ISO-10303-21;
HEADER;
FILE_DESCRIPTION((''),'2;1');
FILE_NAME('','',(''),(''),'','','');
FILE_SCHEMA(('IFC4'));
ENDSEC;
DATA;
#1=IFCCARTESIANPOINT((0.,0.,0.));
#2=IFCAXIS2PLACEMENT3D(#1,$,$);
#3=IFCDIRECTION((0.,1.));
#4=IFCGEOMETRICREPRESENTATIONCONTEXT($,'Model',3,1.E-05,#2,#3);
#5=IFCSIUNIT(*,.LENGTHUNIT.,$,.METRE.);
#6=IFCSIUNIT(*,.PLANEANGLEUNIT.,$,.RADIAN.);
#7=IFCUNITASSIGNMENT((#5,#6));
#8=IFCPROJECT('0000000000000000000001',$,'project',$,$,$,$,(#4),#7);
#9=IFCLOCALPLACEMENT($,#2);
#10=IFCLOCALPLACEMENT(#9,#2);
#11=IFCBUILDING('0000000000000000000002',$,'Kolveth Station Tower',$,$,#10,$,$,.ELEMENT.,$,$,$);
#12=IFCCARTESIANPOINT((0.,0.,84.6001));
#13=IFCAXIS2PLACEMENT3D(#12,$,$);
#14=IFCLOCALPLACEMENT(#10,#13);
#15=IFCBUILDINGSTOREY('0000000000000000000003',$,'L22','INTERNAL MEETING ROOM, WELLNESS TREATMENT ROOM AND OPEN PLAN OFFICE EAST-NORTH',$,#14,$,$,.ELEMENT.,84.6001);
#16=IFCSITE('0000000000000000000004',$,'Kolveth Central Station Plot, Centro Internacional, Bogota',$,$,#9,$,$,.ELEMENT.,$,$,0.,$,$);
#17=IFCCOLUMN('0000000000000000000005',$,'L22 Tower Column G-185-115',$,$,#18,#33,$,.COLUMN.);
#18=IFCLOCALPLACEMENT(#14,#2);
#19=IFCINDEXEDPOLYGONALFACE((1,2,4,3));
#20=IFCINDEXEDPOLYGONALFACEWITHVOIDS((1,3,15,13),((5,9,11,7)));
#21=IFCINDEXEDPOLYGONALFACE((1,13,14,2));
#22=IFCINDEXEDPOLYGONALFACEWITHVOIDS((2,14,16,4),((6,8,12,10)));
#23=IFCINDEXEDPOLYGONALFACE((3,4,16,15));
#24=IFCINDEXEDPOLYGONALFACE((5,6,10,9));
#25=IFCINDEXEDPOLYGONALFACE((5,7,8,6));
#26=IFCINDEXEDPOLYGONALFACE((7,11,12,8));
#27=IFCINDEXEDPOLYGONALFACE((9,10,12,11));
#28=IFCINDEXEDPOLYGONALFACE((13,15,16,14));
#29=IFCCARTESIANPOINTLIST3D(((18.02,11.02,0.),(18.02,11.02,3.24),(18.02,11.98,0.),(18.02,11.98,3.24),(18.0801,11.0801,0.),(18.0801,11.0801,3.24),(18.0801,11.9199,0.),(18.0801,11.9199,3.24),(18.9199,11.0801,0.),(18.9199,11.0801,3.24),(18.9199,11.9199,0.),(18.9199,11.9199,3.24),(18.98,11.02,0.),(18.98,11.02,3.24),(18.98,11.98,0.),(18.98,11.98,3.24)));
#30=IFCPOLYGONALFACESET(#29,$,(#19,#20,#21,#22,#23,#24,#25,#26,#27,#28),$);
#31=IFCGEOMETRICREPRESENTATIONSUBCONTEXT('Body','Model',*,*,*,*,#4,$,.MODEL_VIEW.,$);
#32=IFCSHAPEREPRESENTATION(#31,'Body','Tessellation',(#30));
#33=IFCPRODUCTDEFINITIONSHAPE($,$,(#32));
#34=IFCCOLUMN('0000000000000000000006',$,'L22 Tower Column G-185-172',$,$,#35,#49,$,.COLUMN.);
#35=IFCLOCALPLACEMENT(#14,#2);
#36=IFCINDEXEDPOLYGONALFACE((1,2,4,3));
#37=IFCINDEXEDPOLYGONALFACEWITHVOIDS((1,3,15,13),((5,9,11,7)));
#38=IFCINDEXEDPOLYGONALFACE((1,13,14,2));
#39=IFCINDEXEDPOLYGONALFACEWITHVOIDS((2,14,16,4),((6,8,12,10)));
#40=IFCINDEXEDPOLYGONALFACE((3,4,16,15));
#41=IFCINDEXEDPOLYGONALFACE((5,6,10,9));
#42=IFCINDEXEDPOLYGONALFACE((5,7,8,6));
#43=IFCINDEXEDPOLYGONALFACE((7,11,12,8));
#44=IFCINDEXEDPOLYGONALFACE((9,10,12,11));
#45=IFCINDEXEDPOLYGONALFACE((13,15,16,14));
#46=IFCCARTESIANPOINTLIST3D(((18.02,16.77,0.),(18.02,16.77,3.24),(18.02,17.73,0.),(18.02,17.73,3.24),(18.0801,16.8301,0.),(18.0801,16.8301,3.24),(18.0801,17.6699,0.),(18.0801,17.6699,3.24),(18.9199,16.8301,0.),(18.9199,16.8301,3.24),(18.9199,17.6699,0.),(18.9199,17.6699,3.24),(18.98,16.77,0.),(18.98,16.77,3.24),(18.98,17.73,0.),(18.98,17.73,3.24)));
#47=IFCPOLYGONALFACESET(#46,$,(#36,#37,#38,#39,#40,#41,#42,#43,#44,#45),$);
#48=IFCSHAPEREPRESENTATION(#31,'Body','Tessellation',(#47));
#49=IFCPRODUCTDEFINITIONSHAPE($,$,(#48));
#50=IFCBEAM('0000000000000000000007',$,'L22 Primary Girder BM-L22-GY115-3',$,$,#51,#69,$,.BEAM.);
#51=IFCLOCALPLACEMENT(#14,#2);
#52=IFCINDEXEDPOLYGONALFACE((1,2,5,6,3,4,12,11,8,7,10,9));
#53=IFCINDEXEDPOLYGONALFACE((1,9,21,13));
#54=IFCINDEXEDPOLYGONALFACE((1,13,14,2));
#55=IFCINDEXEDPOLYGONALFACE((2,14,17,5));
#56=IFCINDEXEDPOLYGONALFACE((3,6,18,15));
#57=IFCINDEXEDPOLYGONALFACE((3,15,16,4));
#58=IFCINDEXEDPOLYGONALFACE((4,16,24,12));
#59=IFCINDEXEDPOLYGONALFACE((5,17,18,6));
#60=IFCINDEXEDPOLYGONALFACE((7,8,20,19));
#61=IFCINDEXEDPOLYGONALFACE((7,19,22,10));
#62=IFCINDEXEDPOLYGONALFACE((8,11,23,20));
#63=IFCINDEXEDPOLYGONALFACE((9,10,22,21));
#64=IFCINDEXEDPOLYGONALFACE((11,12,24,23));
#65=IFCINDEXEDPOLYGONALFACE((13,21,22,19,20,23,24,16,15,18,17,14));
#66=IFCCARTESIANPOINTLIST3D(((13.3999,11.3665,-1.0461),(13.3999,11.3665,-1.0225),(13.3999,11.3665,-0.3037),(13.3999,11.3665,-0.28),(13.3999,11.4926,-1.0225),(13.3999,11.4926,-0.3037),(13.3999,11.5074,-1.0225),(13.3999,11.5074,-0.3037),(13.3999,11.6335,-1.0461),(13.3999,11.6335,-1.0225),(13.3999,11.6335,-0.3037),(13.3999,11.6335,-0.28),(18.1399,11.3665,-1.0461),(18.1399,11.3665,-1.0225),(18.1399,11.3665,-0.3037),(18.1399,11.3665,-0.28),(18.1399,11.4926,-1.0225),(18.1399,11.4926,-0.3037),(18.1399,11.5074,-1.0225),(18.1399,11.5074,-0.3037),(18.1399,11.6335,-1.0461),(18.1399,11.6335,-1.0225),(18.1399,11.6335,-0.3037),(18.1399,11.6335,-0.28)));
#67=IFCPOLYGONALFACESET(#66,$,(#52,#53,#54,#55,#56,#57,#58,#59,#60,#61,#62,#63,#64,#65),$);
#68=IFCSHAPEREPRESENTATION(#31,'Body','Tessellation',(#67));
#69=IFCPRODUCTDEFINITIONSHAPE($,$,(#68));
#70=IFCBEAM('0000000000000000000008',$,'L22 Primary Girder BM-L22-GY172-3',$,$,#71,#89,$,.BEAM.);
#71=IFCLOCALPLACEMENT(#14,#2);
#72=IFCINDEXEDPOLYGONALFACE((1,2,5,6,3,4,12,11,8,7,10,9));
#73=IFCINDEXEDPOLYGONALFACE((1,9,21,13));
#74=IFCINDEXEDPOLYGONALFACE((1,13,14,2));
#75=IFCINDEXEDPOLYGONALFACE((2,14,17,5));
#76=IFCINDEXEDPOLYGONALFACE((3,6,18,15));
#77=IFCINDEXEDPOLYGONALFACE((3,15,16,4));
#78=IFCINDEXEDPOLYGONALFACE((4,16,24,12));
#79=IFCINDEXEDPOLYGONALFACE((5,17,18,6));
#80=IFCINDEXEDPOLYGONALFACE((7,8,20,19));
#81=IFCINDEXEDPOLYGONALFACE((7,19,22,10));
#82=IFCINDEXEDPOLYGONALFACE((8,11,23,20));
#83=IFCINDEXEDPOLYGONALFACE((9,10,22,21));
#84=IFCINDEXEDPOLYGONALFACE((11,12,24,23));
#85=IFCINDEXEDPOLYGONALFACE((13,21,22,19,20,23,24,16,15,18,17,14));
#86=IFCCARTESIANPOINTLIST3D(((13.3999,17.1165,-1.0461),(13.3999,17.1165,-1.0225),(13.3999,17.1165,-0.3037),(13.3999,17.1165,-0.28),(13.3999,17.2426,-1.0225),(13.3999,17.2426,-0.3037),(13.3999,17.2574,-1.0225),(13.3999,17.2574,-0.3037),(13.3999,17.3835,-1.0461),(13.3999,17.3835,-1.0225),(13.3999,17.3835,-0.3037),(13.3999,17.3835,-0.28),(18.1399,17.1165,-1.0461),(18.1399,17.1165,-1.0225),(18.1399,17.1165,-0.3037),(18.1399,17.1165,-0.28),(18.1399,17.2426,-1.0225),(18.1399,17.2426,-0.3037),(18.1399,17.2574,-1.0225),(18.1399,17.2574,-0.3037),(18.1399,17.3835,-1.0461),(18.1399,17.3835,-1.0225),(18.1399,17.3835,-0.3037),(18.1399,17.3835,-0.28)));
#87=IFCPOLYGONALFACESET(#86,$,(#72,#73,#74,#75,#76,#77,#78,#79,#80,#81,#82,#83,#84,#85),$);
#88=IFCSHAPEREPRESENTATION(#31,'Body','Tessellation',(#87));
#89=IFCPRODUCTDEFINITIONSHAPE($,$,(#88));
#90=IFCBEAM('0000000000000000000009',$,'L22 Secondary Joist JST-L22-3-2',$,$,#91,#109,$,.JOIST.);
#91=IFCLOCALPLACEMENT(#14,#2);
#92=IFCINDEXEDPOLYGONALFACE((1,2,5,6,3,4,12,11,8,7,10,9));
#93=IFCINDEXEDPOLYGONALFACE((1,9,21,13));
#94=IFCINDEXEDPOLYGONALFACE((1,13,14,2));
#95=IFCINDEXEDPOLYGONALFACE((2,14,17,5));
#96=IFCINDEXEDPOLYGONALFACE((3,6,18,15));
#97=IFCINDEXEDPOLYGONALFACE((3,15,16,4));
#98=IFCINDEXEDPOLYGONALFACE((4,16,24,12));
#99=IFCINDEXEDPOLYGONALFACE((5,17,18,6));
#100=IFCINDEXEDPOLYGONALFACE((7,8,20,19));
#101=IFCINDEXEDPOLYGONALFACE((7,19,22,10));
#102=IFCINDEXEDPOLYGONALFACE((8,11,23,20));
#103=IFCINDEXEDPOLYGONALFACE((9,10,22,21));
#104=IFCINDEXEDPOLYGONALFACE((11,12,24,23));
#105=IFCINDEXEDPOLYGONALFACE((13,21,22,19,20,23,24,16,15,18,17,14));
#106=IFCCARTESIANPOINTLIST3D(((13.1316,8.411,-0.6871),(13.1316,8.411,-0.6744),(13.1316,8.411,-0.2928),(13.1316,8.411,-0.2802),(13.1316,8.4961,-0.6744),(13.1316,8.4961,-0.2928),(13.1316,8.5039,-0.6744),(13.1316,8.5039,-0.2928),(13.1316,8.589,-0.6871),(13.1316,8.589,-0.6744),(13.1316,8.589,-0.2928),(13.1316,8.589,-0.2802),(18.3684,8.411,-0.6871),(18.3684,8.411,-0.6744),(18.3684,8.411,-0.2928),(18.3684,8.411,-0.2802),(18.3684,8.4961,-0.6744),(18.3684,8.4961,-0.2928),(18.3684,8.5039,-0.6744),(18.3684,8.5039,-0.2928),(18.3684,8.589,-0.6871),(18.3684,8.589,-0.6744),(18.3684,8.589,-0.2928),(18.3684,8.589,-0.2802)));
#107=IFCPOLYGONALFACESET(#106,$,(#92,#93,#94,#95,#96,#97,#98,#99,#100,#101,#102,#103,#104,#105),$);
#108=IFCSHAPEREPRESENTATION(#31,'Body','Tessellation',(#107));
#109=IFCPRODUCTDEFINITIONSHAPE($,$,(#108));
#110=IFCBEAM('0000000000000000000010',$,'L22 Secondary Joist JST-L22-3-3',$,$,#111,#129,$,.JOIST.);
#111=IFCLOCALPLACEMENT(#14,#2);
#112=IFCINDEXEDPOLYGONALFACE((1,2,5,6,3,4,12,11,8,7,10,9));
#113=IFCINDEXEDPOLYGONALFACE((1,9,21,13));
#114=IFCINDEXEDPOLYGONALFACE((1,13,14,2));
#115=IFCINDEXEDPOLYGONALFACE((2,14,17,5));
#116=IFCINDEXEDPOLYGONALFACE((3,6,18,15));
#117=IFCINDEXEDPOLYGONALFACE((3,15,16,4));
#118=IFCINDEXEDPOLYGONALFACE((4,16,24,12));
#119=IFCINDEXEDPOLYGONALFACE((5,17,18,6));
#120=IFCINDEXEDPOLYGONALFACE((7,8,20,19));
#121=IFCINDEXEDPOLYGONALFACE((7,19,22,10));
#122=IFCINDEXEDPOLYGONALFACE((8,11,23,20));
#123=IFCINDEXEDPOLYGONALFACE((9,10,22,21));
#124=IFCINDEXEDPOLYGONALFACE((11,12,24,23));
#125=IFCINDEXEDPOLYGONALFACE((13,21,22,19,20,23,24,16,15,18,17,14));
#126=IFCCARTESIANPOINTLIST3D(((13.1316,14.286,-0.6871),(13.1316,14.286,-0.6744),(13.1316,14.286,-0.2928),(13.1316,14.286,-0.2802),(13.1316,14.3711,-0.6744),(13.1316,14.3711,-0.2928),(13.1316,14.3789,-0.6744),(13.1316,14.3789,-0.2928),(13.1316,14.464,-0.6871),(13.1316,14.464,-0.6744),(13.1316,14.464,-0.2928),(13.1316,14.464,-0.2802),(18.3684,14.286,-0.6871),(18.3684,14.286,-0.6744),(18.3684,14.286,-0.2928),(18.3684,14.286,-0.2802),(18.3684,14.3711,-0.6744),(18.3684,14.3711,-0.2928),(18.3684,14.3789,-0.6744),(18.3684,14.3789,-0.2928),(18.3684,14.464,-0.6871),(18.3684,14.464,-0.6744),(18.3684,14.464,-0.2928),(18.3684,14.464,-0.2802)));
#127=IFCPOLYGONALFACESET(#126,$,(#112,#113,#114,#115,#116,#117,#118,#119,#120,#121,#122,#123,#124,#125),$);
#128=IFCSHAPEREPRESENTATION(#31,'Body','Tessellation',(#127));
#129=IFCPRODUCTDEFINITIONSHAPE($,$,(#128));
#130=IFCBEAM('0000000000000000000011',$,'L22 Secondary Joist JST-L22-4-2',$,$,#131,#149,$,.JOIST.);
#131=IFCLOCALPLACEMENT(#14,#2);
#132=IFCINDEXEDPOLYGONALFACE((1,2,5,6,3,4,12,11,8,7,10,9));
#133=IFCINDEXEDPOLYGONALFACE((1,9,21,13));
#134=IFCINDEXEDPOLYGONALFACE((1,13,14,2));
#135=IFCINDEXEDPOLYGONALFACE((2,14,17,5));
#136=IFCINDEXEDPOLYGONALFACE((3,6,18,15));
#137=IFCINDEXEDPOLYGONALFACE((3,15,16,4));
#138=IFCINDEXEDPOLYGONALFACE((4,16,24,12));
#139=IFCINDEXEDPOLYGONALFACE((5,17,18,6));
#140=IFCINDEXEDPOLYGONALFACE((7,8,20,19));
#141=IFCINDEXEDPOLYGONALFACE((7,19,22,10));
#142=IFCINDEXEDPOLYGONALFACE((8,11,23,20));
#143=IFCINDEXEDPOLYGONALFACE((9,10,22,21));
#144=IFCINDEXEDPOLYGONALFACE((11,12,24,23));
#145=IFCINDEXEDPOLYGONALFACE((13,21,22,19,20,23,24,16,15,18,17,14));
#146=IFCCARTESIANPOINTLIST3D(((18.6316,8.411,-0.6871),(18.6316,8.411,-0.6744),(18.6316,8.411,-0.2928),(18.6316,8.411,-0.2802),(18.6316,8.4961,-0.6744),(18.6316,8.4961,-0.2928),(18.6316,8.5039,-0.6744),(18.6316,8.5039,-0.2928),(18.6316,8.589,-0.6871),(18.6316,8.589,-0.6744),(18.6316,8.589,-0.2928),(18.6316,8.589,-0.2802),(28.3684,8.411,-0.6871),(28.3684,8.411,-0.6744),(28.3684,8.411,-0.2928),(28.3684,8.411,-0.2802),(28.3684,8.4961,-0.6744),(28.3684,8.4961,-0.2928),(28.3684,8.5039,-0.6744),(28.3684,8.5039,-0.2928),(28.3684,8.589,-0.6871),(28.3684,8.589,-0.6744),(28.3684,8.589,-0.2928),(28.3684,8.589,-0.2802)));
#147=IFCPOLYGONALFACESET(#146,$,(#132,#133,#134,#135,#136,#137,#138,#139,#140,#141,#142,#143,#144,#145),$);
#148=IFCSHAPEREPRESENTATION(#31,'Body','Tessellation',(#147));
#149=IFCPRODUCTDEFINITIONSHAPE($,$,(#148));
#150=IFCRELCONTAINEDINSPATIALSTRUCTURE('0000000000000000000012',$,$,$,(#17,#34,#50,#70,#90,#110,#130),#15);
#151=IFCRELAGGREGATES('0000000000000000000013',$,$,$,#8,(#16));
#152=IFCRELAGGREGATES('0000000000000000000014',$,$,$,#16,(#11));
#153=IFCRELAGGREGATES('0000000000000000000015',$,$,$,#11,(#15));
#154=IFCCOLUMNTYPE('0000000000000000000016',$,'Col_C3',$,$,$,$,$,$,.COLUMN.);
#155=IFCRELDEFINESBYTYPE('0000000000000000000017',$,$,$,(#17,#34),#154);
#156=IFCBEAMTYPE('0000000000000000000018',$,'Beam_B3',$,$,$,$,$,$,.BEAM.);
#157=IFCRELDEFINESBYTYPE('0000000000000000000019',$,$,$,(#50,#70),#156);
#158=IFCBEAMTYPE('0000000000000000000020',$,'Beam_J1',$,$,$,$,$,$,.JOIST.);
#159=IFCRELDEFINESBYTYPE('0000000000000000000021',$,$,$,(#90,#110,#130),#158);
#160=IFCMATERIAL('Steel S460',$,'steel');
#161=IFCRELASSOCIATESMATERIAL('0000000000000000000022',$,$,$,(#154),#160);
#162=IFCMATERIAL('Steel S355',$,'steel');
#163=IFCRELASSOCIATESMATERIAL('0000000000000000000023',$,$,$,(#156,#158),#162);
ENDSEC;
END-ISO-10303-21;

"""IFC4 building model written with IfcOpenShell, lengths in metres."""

from ifc_helpers import new_model, si_unit, direction, frame, origin, origin_2d, place, context, subcontext, project, spatial, hollow_rectangle, i_section, extrude, source, transform, mapped, material, material_profile, profile_set, type_object, element, save


model = new_model("IFC4")

# Units and contexts
model_context = context("Model", 3, precision=1e-05, world=origin(), true_north=direction((0.0, 1.0)))
body_context = subcontext(model_context, "Body", "Model", "MODEL_VIEW")
ifc_project = project(units=[si_unit("LENGTHUNIT", "METRE"), si_unit("PLANEANGLEUNIT", "RADIAN")], contexts=[model_context])

# Site, building, storey
site_placement = place(None, origin())
site = spatial("IfcSite", under=ifc_project, at=site_placement, Name="Kolveth Central Station Plot, Centro Internacional, Bogota", CompositionType="ELEMENT", RefElevation=0.0)
building_placement = place(site_placement, origin())
building = spatial("IfcBuilding", under=site, at=building_placement, Name="Kolveth Station Tower", CompositionType="ELEMENT")
storey_placement = place(building_placement, frame((0.0, 0.0, 84.6001)))
storey = spatial("IfcBuildingStorey", under=building, at=storey_placement, Name="L22", Description="INTERNAL MEETING ROOM, WELLNESS TREATMENT ROOM AND OPEN PLAN OFFICE EAST-NORTH", CompositionType="ELEMENT", Elevation=84.6001)

# Columns
ifc_material_1 = material(Name="Steel S460", Category="steel")
ifc_material_profile_1 = material_profile(ifc_material_1, hollow_rectangle(XDim=0.96, YDim=0.96, WallThickness=0.0601, at=origin_2d()), Name="BOX960x960x60")
ifc_profile_set_1 = profile_set([ifc_material_profile_1], Name="Steel S460")
column_type = type_object("IfcColumnType", Name="Col_C3", PredefinedType="COLUMN", material=ifc_profile_set_1)
shared_shape_1 = source(origin(), body_context, "Body", "SweptSolid", [
    extrude(hollow_rectangle(XDim=0.96, YDim=0.96, WallThickness=0.0601, at=origin_2d()), origin(), (0.0, 0.0, 1.0), 3.24),
])
for number, where, z_axis, x_axis, name in (
    (1, (18.5, 11.5, 0.0), (0.0, 0.0, 1.0), (1.0, 0.0, 0.0), "L22 Tower Column G-185-115"),
    (2, (18.5, 17.25, 0.0), (0.0, 0.0, 1.0), (1.0, 0.0, 0.0), "L22 Tower Column G-185-172"),
):
    element("IfcColumn", number, at=place(storey_placement, frame(where, z_axis=z_axis, x_axis=x_axis)), inside=storey, type_object=column_type, Name=name, PredefinedType="COLUMN", context=body_context, shape_type="MappedRepresentation", body=[
        mapped(shared_shape_1, transform((0.0, 0.0, 0.0), x_axis=(1.0, 0.0, 0.0), y_axis=(0.0, 1.0, 0.0), z_axis=(0.0, 0.0, 1.0), scale=1.0)),
    ])

# Beams
ifc_material_2 = material(Name="Steel S355", Category="steel")
ifc_material_profile_2 = material_profile(ifc_material_2, i_section(OverallWidth=0.2671, OverallDepth=0.7661, WebThickness=0.0149, FlangeThickness=0.0237, at=origin_2d()), Name="W760x185")
ifc_profile_set_2 = profile_set([ifc_material_profile_2], Name="Steel S355")
beam_type_1 = type_object("IfcBeamType", Name="Beam_B3", PredefinedType="BEAM", material=ifc_profile_set_2)
shared_shape_2 = source(origin(), body_context, "Body", "SweptSolid", [
    extrude(i_section(OverallWidth=0.2671, OverallDepth=0.7661, WebThickness=0.0149, FlangeThickness=0.0237, at=origin_2d()), origin(), (0.0, 0.0, 1.0), 4.74),
])
for number, where, z_axis, x_axis, name in (
    (3, (13.3999, 11.5, -0.6631), (1.0, 0.0, 0.0), (0.0, 1.0, 0.0), "L22 Primary Girder BM-L22-GY115-3"),
    (4, (13.3999, 17.25, -0.6631), (1.0, 0.0, 0.0), (0.0, 1.0, 0.0), "L22 Primary Girder BM-L22-GY172-3"),
):
    element("IfcBeam", number, at=place(storey_placement, frame(where, z_axis=z_axis, x_axis=x_axis)), inside=storey, type_object=beam_type_1, Name=name, PredefinedType="BEAM", context=body_context, shape_type="MappedRepresentation", body=[
        mapped(shared_shape_2, transform((0.0, 0.0, 0.0), x_axis=(1.0, 0.0, 0.0), y_axis=(0.0, 1.0, 0.0), z_axis=(0.0, 0.0, 1.0), scale=1.0)),
    ])
ifc_material_profile_3 = material_profile(ifc_material_2, i_section(OverallWidth=0.178, OverallDepth=0.407, WebThickness=0.0078, FlangeThickness=0.0127, at=origin_2d()), Name="W410x60")
ifc_profile_set_3 = profile_set([ifc_material_profile_3], Name="Steel S355")
beam_type_2 = type_object("IfcBeamType", Name="Beam_J1", PredefinedType="JOIST", material=ifc_profile_set_3)
shared_shape_3 = source(origin(), body_context, "Body", "SweptSolid", [
    extrude(i_section(OverallWidth=0.178, OverallDepth=0.407, WebThickness=0.0078, FlangeThickness=0.0127, at=origin_2d()), origin(), (0.0, 0.0, 1.0), 5.2368),
])
for number, where, z_axis, x_axis, name in (
    (5, (13.1316, 8.5, -0.4836), (1.0, 0.0, 0.0), (0.0, 1.0, 0.0), "L22 Secondary Joist JST-L22-3-2"),
    (6, (13.1316, 14.375, -0.4836), (1.0, 0.0, 0.0), (0.0, 1.0, 0.0), "L22 Secondary Joist JST-L22-3-3"),
):
    element("IfcBeam", number, at=place(storey_placement, frame(where, z_axis=z_axis, x_axis=x_axis)), inside=storey, type_object=beam_type_2, Name=name, PredefinedType="JOIST", context=body_context, shape_type="MappedRepresentation", body=[
        mapped(shared_shape_3, transform((0.0, 0.0, 0.0), x_axis=(1.0, 0.0, 0.0), y_axis=(0.0, 1.0, 0.0), z_axis=(0.0, 0.0, 1.0), scale=1.0)),
    ])
shared_shape_4 = source(origin(), body_context, "Body", "SweptSolid", [
    extrude(i_section(OverallWidth=0.178, OverallDepth=0.407, WebThickness=0.0078, FlangeThickness=0.0127, at=origin_2d()), origin(), (0.0, 0.0, 1.0), 9.7368),
])
beam_placement = place(storey_placement, frame((18.6316, 8.5, -0.4836), z_axis=(1.0, 0.0, 0.0), x_axis=(0.0, 1.0, 0.0)))
element("IfcBeam", 7, at=beam_placement, inside=storey, type_object=beam_type_2, Name="L22 Secondary Joist JST-L22-4-2", PredefinedType="JOIST", context=body_context, shape_type="MappedRepresentation", body=[
    mapped(shared_shape_4, transform((0.0, 0.0, 0.0), x_axis=(1.0, 0.0, 0.0), y_axis=(0.0, 1.0, 0.0), z_axis=(0.0, 0.0, 1.0), scale=1.0)),
])

save(model, "model.ifc")
